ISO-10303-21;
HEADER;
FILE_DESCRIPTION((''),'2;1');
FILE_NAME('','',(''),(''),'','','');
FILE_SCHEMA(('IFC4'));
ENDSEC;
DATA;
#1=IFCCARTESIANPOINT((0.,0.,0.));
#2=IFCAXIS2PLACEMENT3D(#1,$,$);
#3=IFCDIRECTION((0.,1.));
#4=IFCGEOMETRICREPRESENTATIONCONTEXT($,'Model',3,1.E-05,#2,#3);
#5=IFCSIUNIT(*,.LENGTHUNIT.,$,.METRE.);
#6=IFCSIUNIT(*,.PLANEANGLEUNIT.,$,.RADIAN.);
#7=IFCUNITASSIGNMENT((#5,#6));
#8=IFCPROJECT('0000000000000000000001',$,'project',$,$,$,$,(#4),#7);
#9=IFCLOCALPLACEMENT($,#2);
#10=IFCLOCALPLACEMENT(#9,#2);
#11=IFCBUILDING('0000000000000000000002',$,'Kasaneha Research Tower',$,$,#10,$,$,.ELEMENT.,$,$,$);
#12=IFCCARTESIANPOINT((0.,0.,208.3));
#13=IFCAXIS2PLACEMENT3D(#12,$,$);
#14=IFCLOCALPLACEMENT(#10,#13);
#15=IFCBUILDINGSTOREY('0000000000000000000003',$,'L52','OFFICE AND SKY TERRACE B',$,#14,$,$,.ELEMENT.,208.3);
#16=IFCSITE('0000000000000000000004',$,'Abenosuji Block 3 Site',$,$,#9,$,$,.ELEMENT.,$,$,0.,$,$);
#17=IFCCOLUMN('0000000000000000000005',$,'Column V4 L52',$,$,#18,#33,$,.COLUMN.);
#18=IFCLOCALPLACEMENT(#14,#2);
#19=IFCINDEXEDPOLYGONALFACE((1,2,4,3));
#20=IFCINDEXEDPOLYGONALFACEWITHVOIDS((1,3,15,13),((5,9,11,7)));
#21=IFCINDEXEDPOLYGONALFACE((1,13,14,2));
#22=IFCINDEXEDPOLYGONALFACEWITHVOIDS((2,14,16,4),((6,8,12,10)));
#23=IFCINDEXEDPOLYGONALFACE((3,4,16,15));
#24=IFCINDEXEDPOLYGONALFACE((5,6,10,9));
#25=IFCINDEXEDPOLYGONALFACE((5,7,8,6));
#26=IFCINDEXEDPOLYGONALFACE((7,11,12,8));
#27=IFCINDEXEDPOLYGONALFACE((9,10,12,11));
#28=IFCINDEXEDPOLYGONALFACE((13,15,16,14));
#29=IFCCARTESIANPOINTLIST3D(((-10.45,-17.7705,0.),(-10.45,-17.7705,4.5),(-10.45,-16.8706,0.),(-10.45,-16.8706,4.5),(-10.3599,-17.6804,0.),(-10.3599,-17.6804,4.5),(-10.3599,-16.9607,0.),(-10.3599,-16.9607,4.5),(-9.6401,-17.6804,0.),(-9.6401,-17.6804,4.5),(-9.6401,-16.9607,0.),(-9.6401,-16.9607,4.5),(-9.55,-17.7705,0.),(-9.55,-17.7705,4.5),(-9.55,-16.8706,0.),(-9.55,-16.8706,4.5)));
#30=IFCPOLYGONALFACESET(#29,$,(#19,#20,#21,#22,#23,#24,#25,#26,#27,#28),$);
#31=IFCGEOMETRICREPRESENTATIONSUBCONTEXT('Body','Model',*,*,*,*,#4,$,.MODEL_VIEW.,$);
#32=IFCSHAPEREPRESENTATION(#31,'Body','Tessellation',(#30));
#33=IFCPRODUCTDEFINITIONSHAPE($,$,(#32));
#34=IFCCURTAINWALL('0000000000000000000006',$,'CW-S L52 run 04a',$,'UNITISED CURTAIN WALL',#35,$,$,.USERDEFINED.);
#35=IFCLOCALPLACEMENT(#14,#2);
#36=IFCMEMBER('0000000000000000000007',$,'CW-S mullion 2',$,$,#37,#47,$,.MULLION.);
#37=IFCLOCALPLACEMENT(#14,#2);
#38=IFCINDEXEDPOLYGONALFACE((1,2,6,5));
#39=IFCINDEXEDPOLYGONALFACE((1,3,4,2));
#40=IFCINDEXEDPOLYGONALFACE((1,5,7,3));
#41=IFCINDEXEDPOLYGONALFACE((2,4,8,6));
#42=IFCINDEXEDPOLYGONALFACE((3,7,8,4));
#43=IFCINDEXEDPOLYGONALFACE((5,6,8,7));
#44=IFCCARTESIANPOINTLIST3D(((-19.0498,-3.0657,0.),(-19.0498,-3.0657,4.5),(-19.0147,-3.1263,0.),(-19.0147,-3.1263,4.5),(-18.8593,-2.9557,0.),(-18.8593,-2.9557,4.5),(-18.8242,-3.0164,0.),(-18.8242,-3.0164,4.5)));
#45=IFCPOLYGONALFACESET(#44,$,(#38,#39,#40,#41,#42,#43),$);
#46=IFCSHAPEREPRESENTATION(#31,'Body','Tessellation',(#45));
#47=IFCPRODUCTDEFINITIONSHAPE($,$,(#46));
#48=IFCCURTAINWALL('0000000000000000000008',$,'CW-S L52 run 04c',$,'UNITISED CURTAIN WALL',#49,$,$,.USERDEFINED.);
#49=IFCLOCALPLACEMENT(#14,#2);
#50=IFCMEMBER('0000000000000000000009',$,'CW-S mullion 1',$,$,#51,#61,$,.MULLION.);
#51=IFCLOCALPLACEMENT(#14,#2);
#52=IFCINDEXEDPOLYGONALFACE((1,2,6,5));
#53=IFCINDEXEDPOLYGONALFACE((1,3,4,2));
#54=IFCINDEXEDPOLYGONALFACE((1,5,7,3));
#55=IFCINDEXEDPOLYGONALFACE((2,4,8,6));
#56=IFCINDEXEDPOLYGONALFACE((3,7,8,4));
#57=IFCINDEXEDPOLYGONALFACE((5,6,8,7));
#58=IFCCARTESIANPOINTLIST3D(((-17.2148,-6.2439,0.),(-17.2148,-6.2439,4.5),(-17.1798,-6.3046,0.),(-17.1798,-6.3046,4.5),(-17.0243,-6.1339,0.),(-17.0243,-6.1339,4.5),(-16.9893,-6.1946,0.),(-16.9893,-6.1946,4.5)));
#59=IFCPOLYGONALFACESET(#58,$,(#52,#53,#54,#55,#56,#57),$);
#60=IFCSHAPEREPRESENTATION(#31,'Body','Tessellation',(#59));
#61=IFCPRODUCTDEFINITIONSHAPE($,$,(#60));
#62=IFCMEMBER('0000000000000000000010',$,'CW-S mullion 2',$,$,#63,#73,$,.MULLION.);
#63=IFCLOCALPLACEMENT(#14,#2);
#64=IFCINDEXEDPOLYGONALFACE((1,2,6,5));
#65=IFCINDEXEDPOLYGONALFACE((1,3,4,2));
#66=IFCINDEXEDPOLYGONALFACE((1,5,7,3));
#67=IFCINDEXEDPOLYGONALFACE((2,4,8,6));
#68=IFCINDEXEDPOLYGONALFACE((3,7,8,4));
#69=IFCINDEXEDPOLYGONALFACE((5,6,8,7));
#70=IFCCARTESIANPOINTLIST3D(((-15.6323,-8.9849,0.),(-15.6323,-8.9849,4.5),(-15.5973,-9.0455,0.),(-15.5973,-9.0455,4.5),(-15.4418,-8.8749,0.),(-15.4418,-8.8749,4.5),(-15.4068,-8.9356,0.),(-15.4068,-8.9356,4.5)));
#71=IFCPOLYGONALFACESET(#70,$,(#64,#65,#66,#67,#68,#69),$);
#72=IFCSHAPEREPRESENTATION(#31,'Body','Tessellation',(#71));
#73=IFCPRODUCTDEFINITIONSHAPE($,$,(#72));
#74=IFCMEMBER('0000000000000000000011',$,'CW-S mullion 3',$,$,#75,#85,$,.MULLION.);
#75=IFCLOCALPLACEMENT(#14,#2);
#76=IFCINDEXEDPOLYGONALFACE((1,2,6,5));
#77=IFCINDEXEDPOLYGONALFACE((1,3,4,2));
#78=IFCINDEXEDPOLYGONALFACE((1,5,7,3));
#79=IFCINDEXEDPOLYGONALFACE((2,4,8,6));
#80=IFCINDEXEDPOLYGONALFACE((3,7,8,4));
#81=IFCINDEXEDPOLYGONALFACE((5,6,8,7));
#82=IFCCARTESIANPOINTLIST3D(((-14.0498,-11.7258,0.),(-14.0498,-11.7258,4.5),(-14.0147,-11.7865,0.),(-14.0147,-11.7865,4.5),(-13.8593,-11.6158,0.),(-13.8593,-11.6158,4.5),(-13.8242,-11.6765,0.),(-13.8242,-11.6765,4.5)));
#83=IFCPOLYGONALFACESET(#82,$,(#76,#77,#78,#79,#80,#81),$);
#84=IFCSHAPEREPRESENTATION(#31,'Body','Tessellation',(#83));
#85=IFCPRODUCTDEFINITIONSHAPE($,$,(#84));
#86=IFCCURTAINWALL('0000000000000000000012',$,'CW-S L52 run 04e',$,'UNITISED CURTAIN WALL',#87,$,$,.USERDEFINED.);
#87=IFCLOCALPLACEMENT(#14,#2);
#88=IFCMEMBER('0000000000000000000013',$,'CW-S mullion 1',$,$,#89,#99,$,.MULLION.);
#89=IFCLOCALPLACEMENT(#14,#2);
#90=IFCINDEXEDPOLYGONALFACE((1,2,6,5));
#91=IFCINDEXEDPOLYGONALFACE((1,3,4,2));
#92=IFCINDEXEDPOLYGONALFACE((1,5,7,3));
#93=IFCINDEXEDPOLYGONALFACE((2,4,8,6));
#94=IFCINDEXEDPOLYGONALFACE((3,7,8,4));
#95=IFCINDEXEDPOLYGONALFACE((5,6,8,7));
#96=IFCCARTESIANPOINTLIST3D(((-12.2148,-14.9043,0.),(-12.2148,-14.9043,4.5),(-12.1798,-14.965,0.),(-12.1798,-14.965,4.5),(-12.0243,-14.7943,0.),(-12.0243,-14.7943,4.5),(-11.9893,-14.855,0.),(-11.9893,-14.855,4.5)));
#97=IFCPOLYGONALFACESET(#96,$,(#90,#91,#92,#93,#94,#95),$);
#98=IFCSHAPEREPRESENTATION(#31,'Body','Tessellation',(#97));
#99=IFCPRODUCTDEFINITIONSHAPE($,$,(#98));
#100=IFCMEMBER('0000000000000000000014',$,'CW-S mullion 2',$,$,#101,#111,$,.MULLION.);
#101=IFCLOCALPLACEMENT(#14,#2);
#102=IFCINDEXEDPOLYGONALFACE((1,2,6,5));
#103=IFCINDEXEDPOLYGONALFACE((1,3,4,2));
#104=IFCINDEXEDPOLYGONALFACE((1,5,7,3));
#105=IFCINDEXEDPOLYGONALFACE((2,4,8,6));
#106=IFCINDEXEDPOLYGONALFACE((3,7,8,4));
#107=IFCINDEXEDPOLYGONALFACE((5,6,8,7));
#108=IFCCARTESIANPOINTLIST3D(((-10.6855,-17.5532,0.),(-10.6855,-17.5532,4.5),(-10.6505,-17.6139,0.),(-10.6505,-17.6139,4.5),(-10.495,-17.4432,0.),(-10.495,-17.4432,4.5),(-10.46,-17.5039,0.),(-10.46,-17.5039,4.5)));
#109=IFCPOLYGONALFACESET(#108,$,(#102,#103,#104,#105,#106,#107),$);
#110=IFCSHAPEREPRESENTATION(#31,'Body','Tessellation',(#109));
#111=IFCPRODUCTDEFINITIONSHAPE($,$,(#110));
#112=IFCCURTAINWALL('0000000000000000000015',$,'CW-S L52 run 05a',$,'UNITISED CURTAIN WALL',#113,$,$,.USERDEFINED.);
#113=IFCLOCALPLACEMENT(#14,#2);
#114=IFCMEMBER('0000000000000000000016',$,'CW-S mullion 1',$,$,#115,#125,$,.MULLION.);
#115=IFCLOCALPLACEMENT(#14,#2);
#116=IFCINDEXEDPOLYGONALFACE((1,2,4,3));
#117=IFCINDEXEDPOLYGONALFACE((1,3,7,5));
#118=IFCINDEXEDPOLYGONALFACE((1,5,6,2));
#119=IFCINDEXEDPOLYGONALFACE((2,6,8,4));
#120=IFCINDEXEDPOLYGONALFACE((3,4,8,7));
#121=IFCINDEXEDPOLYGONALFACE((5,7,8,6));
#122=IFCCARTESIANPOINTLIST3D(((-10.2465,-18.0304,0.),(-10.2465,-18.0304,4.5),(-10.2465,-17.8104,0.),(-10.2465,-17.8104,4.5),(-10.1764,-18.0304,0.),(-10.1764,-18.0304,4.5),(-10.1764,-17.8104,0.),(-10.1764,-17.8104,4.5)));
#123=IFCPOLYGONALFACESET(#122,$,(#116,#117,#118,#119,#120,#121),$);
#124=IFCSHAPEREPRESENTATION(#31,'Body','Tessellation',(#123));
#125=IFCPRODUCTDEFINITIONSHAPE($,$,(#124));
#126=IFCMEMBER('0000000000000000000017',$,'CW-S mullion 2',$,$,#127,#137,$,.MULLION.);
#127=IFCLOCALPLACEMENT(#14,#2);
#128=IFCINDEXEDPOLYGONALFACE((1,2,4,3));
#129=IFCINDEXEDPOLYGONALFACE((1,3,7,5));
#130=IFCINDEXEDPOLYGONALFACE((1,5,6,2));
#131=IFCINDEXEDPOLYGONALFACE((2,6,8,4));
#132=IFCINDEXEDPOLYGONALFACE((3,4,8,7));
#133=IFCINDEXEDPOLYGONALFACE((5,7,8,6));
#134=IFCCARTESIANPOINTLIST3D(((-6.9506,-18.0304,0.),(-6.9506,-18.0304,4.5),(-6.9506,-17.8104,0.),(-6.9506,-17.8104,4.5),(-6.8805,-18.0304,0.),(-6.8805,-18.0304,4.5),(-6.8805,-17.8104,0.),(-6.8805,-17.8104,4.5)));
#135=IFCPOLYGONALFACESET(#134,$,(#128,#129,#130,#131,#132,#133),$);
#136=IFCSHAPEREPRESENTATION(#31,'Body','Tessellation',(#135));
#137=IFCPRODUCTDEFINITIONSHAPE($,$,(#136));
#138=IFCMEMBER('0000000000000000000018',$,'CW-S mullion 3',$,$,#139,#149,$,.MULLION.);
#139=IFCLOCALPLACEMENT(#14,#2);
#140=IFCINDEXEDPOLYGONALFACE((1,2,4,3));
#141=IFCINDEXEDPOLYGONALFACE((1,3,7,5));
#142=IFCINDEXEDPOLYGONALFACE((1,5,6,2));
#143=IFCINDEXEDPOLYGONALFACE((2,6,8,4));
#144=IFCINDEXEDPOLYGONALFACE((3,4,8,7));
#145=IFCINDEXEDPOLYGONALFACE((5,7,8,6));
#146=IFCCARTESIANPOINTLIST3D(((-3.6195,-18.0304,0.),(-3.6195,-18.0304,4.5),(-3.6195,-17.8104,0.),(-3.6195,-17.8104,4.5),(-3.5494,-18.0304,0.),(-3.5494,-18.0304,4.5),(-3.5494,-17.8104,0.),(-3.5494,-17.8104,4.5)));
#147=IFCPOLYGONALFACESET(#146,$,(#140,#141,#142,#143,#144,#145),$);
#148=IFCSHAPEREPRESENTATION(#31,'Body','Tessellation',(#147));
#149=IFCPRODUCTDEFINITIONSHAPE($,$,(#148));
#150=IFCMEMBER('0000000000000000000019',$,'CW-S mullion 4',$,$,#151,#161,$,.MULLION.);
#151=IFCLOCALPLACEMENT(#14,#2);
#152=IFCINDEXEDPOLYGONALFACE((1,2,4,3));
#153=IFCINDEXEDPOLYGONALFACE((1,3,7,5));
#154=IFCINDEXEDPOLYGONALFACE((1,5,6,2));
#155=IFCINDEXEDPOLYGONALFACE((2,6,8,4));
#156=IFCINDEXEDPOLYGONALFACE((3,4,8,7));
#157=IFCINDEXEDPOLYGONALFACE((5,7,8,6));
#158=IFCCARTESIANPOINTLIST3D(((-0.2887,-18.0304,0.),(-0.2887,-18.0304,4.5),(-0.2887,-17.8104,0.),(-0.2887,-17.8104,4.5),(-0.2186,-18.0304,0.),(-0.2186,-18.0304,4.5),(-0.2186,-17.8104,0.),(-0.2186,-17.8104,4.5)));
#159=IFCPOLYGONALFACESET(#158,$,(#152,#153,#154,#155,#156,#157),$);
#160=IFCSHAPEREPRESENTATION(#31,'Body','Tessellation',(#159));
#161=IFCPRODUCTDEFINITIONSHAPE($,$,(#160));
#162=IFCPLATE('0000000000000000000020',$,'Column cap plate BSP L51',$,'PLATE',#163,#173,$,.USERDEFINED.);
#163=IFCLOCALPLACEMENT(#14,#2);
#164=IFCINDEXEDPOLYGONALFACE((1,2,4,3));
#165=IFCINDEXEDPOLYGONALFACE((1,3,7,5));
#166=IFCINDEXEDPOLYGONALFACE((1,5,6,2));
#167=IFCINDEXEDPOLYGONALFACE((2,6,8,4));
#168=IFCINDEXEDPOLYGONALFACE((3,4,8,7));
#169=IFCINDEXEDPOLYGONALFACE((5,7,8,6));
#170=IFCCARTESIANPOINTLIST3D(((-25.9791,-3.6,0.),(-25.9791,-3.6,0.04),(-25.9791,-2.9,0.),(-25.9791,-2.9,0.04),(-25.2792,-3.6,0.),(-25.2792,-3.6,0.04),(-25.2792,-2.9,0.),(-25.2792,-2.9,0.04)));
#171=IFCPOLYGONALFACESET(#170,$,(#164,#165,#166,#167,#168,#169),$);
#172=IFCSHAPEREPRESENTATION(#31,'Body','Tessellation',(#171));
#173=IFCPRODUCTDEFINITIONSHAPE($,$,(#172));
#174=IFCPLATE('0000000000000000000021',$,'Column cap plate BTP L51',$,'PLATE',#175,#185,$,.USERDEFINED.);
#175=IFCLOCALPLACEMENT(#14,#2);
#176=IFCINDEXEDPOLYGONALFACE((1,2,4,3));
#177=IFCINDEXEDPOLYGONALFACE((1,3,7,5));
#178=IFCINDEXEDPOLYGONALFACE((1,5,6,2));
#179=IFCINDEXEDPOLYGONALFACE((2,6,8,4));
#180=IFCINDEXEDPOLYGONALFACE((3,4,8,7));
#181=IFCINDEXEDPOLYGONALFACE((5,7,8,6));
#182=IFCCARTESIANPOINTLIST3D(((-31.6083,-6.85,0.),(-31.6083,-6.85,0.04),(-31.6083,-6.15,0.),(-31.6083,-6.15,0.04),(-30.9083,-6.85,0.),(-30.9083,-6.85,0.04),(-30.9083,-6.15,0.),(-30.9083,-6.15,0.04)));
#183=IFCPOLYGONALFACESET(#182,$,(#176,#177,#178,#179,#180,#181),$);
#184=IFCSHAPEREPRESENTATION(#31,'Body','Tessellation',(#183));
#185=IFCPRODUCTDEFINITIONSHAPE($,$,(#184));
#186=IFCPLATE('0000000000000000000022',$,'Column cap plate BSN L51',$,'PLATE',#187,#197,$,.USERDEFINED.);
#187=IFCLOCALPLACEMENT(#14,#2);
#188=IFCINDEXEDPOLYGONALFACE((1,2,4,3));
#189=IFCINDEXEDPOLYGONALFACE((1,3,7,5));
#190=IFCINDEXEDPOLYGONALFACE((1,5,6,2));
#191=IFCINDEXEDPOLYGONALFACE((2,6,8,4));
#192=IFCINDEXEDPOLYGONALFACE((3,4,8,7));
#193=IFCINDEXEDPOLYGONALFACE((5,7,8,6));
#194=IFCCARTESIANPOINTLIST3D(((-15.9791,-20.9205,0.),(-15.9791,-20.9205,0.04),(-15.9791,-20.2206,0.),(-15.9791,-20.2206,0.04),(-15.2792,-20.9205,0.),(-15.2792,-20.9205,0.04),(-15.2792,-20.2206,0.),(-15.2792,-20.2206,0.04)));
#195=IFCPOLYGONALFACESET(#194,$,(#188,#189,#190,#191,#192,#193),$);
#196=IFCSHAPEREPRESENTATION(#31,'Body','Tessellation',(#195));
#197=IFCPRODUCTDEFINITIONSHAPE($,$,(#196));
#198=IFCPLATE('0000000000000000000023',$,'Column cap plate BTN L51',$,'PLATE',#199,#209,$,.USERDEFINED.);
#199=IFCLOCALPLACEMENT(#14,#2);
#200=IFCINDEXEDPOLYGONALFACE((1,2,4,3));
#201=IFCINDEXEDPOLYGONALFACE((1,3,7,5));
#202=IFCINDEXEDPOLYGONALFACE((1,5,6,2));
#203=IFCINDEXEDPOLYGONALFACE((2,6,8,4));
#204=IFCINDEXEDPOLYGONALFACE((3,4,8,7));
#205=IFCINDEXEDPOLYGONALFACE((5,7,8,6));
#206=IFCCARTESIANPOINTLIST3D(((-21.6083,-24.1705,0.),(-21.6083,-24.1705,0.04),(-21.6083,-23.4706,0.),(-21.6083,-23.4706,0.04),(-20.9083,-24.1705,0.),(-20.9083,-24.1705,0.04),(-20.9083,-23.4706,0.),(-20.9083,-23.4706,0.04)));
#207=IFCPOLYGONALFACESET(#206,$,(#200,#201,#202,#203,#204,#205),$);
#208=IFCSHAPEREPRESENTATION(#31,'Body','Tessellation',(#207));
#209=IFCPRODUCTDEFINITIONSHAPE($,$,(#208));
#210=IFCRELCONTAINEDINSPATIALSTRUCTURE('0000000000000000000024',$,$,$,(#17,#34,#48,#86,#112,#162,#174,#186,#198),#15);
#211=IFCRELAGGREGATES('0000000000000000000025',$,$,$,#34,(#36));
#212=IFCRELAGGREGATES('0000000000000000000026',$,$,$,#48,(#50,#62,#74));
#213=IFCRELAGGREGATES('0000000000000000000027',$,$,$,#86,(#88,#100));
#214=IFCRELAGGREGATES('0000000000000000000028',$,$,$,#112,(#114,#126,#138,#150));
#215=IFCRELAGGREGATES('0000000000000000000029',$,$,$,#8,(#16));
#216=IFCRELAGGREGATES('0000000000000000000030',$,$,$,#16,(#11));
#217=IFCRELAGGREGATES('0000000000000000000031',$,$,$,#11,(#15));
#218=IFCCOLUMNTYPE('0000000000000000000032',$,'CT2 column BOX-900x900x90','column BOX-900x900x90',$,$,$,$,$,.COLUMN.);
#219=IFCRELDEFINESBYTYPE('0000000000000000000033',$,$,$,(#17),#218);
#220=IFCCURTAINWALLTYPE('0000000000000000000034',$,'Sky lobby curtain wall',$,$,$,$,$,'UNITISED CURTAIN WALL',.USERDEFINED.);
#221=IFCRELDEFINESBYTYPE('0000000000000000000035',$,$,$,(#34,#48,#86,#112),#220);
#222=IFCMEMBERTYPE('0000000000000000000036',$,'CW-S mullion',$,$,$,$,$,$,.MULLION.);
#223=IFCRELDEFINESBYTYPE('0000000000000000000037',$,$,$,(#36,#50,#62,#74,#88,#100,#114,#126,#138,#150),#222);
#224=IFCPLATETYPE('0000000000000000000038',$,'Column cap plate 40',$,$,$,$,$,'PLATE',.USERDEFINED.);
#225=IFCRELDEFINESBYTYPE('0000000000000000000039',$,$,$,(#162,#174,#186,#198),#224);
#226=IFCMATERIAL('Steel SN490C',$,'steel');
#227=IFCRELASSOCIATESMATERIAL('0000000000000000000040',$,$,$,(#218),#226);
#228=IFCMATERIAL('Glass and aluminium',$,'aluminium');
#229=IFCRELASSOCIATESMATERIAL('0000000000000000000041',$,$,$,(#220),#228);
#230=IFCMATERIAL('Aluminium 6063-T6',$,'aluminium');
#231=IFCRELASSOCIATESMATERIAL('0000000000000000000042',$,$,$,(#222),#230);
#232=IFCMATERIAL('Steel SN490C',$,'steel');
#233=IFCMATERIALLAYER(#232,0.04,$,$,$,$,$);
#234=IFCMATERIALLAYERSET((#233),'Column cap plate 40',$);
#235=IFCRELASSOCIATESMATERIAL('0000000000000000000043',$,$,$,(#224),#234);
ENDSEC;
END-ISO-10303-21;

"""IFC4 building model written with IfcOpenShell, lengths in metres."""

from ifc_helpers import new_model, si_unit, direction, frame, origin, origin_2d, place, context, subcontext, project, spatial, rectangle, hollow_rectangle, extrude, material, layer, layer_set, material_profile, profile_set, type_object, element, aggregate, save


model = new_model("IFC4")

# Units and contexts
model_context = context("Model", 3, precision=1e-05, world=origin(), true_north=direction((0.0, 1.0)))
body_context = subcontext(model_context, "Body", "Model", "MODEL_VIEW")
ifc_project = project(units=[si_unit("LENGTHUNIT", "METRE"), si_unit("PLANEANGLEUNIT", "RADIAN")], contexts=[model_context])

# Site, building, storey
site_placement = place(None, origin())
site = spatial("IfcSite", under=ifc_project, at=site_placement, Name="Abenosuji Block 3 Site", CompositionType="ELEMENT", RefElevation=0.0)
building_placement = place(site_placement, origin())
building = spatial("IfcBuilding", under=site, at=building_placement, Name="Kasaneha Research Tower", CompositionType="ELEMENT")
storey_placement = place(building_placement, frame((0.0, 0.0, 208.3)))
storey = spatial("IfcBuildingStorey", under=building, at=storey_placement, Name="L52", Description="OFFICE AND SKY TERRACE B", CompositionType="ELEMENT", Elevation=208.3)

# Column
ifc_material_1 = material(Name="Steel SN490C", Category="steel")
ifc_material_profile_1 = material_profile(ifc_material_1, hollow_rectangle(XDim=0.8999, YDim=0.8999, WallThickness=0.0901, at=origin_2d()), Name="BOX-900x900x90")
ifc_profile_set_1 = profile_set([ifc_material_profile_1], Name="Steel SN490C")
column_type = type_object("IfcColumnType", Name="CT2 column BOX-900x900x90", Description="column BOX-900x900x90", PredefinedType="COLUMN", material=ifc_profile_set_1)
column_placement = place(storey_placement, frame((-10.0, -17.3206, 0.0), z_axis=(0.0, 0.0, 1.0), x_axis=(1.0, 0.0, 0.0)))
element("IfcColumn", 1, at=column_placement, inside=storey, type_object=column_type, Name="Column V4 L52", PredefinedType="COLUMN", context=body_context, shape_type="SweptSolid", body=[
    extrude(hollow_rectangle(XDim=0.8999, YDim=0.8999, WallThickness=0.0901, at=origin_2d()), origin(), (0.0, 0.0, 1.0), 4.5),
])

# Curtain wall, member
ifc_material_2 = material(Name="Glass and aluminium", Category="aluminium")
curtain_wall_type = type_object("IfcCurtainWallType", Name="Sky lobby curtain wall", ElementType="UNITISED CURTAIN WALL", PredefinedType="USERDEFINED", material=ifc_material_2)
curtain_wall_1_placement = place(storey_placement, origin())
curtain_wall_1 = element("IfcCurtainWall", 2, at=curtain_wall_1_placement, inside=storey, type_object=curtain_wall_type, Name="CW-S L52 run 04a", ObjectType="UNITISED CURTAIN WALL", PredefinedType="USERDEFINED")
ifc_material_3 = material(Name="Aluminium 6063-T6", Category="aluminium")
ifc_material_profile_2 = material_profile(ifc_material_3, rectangle(XDim=0.0701, YDim=0.22, at=origin_2d()), Name="CW-S mullion 70x220")
ifc_profile_set_2 = profile_set([ifc_material_profile_2], Name="Aluminium 6063-T6")
member_type = type_object("IfcMemberType", Name="CW-S mullion", PredefinedType="MULLION", material=ifc_profile_set_2)
member_1_placement = place(storey_placement, frame((-18.937, -3.041, 0.0), z_axis=(0.0, 0.0, 1.0), x_axis=(0.5, -0.866025, 0.0)))
member_1 = element("IfcMember", 3, at=member_1_placement, type_object=member_type, Name="CW-S mullion 2", PredefinedType="MULLION", context=body_context, shape_type="SweptSolid", body=[
    extrude(rectangle(XDim=0.0701, YDim=0.22, at=origin_2d()), origin(), (0.0, 0.0, 1.0), 4.5),
])
aggregate(curtain_wall_1, [member_1])

# Curtain walls, members
curtain_wall_2_placement = place(storey_placement, origin())
curtain_wall_2 = element("IfcCurtainWall", 4, at=curtain_wall_2_placement, inside=storey, type_object=curtain_wall_type, Name="CW-S L52 run 04c", ObjectType="UNITISED CURTAIN WALL", PredefinedType="USERDEFINED")
member_2_placement = place(storey_placement, frame((-17.1021, -6.2192, 0.0), z_axis=(0.0, 0.0, 1.0), x_axis=(0.5, -0.866025, 0.0)))
member_2 = element("IfcMember", 5, at=member_2_placement, type_object=member_type, Name="CW-S mullion 1", PredefinedType="MULLION", context=body_context, shape_type="SweptSolid", body=[
    extrude(rectangle(XDim=0.0701, YDim=0.22, at=origin_2d()), origin(), (0.0, 0.0, 1.0), 4.5),
])
member_3_placement = place(storey_placement, frame((-15.5195, -8.9602, 0.0), z_axis=(0.0, 0.0, 1.0), x_axis=(0.5, -0.866025, 0.0)))
member_3 = element("IfcMember", 6, at=member_3_placement, type_object=member_type, Name="CW-S mullion 2", PredefinedType="MULLION", context=body_context, shape_type="SweptSolid", body=[
    extrude(rectangle(XDim=0.0701, YDim=0.22, at=origin_2d()), origin(), (0.0, 0.0, 1.0), 4.5),
])
member_4_placement = place(storey_placement, frame((-13.937, -11.7012, 0.0), z_axis=(0.0, 0.0, 1.0), x_axis=(0.5, -0.866025, 0.0)))
member_4 = element("IfcMember", 7, at=member_4_placement, type_object=member_type, Name="CW-S mullion 3", PredefinedType="MULLION", context=body_context, shape_type="SweptSolid", body=[
    extrude(rectangle(XDim=0.0701, YDim=0.22, at=origin_2d()), origin(), (0.0, 0.0, 1.0), 4.5),
])
aggregate(curtain_wall_2, [member_2, member_3, member_4])
curtain_wall_3_placement = place(storey_placement, origin())
curtain_wall_3 = element("IfcCurtainWall", 8, at=curtain_wall_3_placement, inside=storey, type_object=curtain_wall_type, Name="CW-S L52 run 04e", ObjectType="UNITISED CURTAIN WALL", PredefinedType="USERDEFINED")
member_5_placement = place(storey_placement, frame((-12.1021, -14.8796, 0.0), z_axis=(0.0, 0.0, 1.0), x_axis=(0.5, -0.866025, 0.0)))
member_5 = element("IfcMember", 9, at=member_5_placement, type_object=member_type, Name="CW-S mullion 1", PredefinedType="MULLION", context=body_context, shape_type="SweptSolid", body=[
    extrude(rectangle(XDim=0.0701, YDim=0.22, at=origin_2d()), origin(), (0.0, 0.0, 1.0), 4.5),
])
member_6_placement = place(storey_placement, frame((-10.5728, -17.5286, 0.0), z_axis=(0.0, 0.0, 1.0), x_axis=(0.5, -0.866025, 0.0)))
member_6 = element("IfcMember", 10, at=member_6_placement, type_object=member_type, Name="CW-S mullion 2", PredefinedType="MULLION", context=body_context, shape_type="SweptSolid", body=[
    extrude(rectangle(XDim=0.0701, YDim=0.22, at=origin_2d()), origin(), (0.0, 0.0, 1.0), 4.5),
])
aggregate(curtain_wall_3, [member_5, member_6])
curtain_wall_4_placement = place(storey_placement, origin())
curtain_wall_4 = element("IfcCurtainWall", 11, at=curtain_wall_4_placement, inside=storey, type_object=curtain_wall_type, Name="CW-S L52 run 05a", ObjectType="UNITISED CURTAIN WALL", PredefinedType="USERDEFINED")
member_7_placement = place(storey_placement, frame((-10.2114, -17.9204, 0.0), z_axis=(0.0, 0.0, 1.0), x_axis=(1.0, 0.0, 0.0)))
member_7 = element("IfcMember", 12, at=member_7_placement, type_object=member_type, Name="CW-S mullion 1", PredefinedType="MULLION", context=body_context, shape_type="SweptSolid", body=[
    extrude(rectangle(XDim=0.0701, YDim=0.22, at=origin_2d()), origin(), (0.0, 0.0, 1.0), 4.5),
])
member_8_placement = place(storey_placement, frame((-6.9155, -17.9204, 0.0), z_axis=(0.0, 0.0, 1.0), x_axis=(1.0, 0.0, 0.0)))
member_8 = element("IfcMember", 13, at=member_8_placement, type_object=member_type, Name="CW-S mullion 2", PredefinedType="MULLION", context=body_context, shape_type="SweptSolid", body=[
    extrude(rectangle(XDim=0.0701, YDim=0.22, at=origin_2d()), origin(), (0.0, 0.0, 1.0), 4.5),
])
member_9_placement = place(storey_placement, frame((-3.5845, -17.9204, 0.0), z_axis=(0.0, 0.0, 1.0), x_axis=(1.0, 0.0, 0.0)))
member_9 = element("IfcMember", 14, at=member_9_placement, type_object=member_type, Name="CW-S mullion 3", PredefinedType="MULLION", context=body_context, shape_type="SweptSolid", body=[
    extrude(rectangle(XDim=0.0701, YDim=0.22, at=origin_2d()), origin(), (0.0, 0.0, 1.0), 4.5),
])
member_10_placement = place(storey_placement, frame((-0.2537, -17.9204, 0.0), z_axis=(0.0, 0.0, 1.0), x_axis=(1.0, 0.0, 0.0)))
member_10 = element("IfcMember", 15, at=member_10_placement, type_object=member_type, Name="CW-S mullion 4", PredefinedType="MULLION", context=body_context, shape_type="SweptSolid", body=[
    extrude(rectangle(XDim=0.0701, YDim=0.22, at=origin_2d()), origin(), (0.0, 0.0, 1.0), 4.5),
])
aggregate(curtain_wall_4, [member_7, member_8, member_9, member_10])

# Plates
ifc_material_4 = material(Name="Steel SN490C", Category="steel")
ifc_layer_1 = layer(ifc_material_4, 0.04)
ifc_layer_set_1 = layer_set([ifc_layer_1], Name="Column cap plate 40")
plate_type = type_object("IfcPlateType", Name="Column cap plate 40", ElementType="PLATE", PredefinedType="USERDEFINED", material=ifc_layer_set_1)
for number, where, z_axis, x_axis, name in (
    (16, (-25.6292, -3.25, 0.0), (0.0, 0.0, 1.0), (1.0, 0.0, 0.0), "Column cap plate BSP L51"),
    (17, (-31.2583, -6.5, 0.0), (0.0, 0.0, 1.0), (1.0, 0.0, 0.0), "Column cap plate BTP L51"),
    (18, (-15.6292, -20.5706, 0.0), (0.0, 0.0, 1.0), (1.0, 0.0, 0.0), "Column cap plate BSN L51"),
    (19, (-21.2583, -23.8206, 0.0), (0.0, 0.0, 1.0), (1.0, 0.0, 0.0), "Column cap plate BTN L51"),
):
    element("IfcPlate", number, at=place(storey_placement, frame(where, z_axis=z_axis, x_axis=x_axis)), inside=storey, type_object=plate_type, Name=name, ObjectType="PLATE", PredefinedType="USERDEFINED", context=body_context, shape_type="SweptSolid", body=[
        extrude(rectangle(XDim=0.7, YDim=0.7, at=origin_2d()), origin(), (0.0, 0.0, 1.0), 0.04),
    ])

save(model, "model.ifc")
